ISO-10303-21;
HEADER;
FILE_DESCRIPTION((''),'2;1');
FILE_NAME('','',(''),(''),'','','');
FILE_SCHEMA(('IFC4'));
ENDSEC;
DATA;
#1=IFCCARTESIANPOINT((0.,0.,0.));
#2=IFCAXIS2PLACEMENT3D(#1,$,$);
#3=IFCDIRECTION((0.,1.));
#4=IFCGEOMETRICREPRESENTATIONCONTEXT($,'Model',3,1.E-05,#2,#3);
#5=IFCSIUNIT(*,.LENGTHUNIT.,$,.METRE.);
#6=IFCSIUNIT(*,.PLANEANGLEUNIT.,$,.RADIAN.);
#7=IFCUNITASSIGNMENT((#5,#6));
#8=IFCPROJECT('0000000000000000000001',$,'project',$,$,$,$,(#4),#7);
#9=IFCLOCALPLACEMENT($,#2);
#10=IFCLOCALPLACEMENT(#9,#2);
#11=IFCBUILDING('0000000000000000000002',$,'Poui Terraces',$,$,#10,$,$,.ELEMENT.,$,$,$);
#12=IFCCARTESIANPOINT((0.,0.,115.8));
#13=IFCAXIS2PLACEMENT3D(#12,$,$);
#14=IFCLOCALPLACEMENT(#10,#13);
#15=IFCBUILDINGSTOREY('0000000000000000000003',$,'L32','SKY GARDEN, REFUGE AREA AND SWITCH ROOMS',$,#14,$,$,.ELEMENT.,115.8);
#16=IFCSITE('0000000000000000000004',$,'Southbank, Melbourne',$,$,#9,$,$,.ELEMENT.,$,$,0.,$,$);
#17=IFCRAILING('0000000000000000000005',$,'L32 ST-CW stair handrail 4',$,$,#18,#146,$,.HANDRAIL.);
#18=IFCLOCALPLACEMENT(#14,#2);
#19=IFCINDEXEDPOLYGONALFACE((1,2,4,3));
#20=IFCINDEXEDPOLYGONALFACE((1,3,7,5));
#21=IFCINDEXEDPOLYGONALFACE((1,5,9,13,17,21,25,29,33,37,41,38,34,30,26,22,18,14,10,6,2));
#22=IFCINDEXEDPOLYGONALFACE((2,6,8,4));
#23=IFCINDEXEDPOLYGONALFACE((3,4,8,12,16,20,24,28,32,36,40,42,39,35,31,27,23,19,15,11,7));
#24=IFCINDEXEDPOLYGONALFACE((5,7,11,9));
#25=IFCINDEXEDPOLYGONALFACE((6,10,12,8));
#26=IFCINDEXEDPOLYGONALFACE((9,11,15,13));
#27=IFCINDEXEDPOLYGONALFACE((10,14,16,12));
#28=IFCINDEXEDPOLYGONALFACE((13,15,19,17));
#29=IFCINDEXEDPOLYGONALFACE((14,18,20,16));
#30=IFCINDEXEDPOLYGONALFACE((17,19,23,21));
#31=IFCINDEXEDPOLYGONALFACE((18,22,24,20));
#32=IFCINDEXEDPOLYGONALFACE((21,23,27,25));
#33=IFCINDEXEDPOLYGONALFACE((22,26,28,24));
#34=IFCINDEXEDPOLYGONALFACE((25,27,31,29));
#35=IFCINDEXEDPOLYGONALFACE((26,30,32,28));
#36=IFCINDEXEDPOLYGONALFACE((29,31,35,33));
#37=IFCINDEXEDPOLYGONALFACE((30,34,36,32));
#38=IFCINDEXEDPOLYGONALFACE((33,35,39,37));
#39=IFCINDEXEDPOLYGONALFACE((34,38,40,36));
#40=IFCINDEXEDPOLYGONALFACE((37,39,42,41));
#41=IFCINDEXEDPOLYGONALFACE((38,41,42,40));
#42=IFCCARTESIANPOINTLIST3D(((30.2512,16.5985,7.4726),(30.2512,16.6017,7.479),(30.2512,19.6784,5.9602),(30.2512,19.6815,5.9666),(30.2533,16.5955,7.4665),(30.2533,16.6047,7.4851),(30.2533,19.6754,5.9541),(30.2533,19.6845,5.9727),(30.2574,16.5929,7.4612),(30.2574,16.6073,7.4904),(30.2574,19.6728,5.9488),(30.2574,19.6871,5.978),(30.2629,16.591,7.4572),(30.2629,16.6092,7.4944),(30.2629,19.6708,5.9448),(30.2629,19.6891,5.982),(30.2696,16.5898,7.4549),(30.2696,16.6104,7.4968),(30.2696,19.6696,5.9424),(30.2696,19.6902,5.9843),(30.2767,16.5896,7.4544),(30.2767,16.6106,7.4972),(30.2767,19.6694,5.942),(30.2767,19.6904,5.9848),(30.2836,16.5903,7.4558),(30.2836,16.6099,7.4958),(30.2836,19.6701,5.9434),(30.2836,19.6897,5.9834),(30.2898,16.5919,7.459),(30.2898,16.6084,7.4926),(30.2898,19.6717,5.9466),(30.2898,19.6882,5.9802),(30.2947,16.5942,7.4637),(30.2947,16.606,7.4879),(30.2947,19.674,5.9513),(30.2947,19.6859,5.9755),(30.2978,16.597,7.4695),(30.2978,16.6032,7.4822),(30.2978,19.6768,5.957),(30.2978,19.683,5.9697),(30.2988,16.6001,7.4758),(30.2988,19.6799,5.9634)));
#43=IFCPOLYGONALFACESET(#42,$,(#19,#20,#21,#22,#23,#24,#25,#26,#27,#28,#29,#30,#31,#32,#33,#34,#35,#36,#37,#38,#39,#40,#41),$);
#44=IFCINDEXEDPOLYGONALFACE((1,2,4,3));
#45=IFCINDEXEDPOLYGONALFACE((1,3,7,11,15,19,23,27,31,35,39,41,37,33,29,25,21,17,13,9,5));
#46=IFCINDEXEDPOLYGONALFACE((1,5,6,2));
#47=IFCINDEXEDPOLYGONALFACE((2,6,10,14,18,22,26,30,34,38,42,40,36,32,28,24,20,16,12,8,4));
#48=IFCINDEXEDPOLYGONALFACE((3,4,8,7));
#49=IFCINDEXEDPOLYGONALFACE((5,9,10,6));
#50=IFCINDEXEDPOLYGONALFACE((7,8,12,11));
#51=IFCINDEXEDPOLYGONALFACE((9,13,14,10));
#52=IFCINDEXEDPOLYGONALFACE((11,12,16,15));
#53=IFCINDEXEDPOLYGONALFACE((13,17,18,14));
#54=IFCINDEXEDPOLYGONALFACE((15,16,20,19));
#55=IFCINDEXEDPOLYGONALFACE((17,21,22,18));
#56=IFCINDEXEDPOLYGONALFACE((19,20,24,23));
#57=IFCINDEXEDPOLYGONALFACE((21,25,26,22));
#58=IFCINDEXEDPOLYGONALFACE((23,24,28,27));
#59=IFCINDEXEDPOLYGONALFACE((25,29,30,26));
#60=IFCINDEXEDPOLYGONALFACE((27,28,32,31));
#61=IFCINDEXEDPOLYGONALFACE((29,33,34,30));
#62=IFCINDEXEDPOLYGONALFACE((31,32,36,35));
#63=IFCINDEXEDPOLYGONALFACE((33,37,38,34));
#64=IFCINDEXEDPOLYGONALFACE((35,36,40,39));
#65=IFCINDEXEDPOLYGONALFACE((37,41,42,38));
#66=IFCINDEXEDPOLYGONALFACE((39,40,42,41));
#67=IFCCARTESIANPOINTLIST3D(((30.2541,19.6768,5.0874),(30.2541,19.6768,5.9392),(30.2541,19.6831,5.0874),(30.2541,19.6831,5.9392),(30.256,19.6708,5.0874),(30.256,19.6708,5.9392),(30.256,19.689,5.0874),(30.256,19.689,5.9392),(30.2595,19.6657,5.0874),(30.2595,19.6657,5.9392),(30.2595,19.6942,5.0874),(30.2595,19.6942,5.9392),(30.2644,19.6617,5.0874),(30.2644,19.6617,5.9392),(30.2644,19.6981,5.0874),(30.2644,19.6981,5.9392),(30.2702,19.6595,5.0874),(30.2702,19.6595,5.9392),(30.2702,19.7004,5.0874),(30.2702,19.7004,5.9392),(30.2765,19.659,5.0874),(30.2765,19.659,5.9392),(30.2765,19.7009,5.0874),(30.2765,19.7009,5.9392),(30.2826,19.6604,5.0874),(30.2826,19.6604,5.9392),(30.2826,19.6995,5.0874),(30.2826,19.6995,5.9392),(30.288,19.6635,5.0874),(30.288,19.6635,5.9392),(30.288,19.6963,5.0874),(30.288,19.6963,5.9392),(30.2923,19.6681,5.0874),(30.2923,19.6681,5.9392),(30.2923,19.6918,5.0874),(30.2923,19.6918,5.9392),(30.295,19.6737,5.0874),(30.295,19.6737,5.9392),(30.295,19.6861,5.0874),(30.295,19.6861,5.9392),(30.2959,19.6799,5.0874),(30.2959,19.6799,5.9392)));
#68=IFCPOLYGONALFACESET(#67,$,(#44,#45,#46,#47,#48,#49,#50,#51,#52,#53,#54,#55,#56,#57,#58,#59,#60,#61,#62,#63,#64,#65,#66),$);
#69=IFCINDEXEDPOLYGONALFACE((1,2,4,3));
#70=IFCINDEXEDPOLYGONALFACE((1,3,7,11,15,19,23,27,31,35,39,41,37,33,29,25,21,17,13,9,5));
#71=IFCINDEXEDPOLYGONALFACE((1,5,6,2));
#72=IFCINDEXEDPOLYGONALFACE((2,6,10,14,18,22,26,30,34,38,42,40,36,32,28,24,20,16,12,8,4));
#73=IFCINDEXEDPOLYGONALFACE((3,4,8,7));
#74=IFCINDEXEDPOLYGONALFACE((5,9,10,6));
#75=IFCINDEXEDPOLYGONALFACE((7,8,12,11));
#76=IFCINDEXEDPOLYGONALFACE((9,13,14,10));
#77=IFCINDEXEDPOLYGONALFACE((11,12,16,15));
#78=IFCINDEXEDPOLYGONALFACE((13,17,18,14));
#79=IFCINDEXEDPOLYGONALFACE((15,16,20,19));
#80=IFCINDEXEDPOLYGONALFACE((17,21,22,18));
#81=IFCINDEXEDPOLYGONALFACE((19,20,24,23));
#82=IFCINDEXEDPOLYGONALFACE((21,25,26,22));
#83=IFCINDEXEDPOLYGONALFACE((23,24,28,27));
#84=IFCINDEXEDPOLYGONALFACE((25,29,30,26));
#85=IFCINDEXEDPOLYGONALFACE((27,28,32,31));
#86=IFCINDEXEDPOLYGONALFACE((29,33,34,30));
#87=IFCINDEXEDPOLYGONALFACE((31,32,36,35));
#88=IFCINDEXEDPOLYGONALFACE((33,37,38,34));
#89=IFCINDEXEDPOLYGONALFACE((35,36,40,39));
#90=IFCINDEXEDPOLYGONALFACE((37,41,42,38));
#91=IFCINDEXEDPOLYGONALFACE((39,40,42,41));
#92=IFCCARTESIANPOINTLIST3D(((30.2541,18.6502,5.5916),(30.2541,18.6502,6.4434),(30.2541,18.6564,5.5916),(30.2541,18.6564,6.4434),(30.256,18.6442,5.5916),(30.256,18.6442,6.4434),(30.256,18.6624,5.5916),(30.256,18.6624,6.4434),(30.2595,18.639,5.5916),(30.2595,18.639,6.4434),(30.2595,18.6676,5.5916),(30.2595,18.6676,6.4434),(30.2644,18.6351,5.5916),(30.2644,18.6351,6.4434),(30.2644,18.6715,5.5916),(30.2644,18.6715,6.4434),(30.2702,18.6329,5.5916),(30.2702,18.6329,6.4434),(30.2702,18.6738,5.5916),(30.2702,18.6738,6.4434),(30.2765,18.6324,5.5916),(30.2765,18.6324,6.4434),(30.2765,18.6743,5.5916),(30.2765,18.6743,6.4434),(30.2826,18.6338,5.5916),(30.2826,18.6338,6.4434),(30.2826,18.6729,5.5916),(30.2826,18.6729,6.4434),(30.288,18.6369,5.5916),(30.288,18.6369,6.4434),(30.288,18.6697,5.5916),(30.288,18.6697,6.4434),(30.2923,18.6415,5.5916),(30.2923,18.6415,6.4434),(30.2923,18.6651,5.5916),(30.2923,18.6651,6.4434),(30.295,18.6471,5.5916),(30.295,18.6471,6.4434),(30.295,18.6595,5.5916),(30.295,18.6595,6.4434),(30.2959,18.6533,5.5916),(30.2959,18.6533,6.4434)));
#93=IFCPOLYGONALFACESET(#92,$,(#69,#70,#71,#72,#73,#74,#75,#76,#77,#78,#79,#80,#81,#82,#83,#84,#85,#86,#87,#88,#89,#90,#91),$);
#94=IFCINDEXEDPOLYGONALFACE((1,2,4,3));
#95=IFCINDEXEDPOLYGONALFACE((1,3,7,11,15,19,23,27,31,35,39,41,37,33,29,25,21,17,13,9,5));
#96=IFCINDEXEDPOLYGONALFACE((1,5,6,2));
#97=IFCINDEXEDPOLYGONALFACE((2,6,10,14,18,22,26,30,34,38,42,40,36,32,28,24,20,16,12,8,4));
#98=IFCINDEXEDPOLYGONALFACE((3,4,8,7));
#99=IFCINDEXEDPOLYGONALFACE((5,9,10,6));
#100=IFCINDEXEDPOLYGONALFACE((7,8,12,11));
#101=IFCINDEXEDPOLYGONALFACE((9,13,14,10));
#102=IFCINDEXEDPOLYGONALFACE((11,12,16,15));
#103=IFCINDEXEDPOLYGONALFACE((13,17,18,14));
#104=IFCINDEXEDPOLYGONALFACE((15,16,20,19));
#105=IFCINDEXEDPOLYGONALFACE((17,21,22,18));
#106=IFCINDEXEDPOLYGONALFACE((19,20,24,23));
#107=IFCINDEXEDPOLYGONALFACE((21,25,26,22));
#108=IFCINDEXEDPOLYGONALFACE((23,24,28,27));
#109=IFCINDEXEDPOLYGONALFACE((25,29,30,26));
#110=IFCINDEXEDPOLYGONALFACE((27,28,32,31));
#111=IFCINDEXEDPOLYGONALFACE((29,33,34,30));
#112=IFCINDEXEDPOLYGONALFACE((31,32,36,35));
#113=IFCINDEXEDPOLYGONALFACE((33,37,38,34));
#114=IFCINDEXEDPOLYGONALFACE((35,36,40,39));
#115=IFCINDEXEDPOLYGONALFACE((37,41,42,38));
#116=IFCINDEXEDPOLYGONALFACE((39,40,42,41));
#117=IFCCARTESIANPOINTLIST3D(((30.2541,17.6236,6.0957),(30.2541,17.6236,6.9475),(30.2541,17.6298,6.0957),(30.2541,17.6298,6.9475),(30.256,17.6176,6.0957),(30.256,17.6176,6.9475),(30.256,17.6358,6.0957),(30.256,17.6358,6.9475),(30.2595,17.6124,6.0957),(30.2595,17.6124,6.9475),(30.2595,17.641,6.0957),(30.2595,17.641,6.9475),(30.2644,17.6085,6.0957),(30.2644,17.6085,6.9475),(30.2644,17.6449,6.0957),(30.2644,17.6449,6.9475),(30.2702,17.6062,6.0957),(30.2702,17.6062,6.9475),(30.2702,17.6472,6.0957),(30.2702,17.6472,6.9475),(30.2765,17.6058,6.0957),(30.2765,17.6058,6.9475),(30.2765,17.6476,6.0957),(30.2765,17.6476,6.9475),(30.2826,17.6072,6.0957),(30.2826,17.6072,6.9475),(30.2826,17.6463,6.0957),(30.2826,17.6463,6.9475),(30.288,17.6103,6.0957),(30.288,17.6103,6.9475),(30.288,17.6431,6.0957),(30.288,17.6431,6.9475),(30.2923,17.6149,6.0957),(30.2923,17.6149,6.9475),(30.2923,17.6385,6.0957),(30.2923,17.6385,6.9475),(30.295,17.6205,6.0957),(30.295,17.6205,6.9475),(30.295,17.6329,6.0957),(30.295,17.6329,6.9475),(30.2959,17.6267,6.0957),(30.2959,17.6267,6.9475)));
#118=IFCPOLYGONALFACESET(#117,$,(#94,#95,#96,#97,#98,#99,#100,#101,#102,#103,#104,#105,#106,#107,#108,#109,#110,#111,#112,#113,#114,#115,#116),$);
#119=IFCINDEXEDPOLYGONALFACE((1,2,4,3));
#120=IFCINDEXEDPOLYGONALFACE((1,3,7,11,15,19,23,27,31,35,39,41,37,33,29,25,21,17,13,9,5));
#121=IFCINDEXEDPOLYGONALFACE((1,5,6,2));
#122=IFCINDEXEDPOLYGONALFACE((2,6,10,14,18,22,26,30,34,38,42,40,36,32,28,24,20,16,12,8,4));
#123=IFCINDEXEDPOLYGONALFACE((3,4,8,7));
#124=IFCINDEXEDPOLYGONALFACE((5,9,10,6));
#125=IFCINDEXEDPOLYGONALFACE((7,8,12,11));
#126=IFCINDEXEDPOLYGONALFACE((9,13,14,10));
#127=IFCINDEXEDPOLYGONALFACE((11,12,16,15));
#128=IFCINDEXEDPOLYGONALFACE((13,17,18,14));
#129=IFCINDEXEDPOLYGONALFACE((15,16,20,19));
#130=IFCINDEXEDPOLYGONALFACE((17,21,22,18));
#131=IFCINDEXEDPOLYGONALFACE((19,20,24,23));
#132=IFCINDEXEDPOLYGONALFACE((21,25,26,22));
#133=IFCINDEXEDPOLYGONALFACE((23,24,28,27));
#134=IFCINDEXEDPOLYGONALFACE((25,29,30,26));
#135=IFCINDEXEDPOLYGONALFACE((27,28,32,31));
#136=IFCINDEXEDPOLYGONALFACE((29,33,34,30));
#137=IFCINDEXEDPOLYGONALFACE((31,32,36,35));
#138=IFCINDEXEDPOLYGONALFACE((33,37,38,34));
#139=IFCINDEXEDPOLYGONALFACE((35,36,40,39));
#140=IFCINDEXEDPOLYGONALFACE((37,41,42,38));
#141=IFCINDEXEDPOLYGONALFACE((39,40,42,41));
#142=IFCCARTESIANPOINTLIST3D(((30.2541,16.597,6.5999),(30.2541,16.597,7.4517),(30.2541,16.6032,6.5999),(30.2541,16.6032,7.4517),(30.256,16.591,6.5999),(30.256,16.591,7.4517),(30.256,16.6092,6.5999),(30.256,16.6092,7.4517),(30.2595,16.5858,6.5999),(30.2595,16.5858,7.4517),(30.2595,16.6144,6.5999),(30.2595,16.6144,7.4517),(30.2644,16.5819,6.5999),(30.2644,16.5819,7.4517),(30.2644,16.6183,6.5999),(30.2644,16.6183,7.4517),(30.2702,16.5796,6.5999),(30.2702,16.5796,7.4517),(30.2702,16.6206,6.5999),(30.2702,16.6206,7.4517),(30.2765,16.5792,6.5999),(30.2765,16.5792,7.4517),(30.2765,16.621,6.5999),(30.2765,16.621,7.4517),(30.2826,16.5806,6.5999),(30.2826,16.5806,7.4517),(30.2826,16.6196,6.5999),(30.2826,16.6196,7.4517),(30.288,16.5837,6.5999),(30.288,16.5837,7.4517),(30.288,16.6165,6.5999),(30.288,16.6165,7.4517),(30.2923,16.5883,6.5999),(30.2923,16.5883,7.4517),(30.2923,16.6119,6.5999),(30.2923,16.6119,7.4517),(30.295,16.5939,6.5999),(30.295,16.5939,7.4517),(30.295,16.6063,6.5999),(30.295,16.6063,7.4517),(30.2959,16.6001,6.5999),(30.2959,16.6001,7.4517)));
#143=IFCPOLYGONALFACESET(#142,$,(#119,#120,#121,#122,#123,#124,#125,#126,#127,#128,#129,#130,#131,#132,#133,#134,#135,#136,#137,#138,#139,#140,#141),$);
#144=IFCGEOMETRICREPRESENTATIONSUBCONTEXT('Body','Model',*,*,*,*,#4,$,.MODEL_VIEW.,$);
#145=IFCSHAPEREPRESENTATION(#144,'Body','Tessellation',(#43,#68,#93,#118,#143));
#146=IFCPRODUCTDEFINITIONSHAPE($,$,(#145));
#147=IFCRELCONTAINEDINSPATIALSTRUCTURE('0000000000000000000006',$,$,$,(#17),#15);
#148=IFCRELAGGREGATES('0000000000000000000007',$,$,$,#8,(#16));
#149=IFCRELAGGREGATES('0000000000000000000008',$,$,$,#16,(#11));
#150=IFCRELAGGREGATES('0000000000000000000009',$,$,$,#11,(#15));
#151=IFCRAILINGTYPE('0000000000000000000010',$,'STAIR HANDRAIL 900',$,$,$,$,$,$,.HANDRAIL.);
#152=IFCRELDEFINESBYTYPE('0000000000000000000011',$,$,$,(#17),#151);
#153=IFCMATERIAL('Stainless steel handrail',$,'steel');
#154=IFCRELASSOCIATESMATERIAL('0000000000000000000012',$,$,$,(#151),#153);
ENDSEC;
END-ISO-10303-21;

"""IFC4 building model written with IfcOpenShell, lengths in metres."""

from ifc_helpers import new_model, si_unit, direction, frame, origin, origin_2d, place, context, subcontext, project, spatial, circle, extrude, material, type_object, element, save


model = new_model("IFC4")

# Units and contexts
model_context = context("Model", 3, precision=1e-05, world=origin(), true_north=direction((0.0, 1.0)))
body_context = subcontext(model_context, "Body", "Model", "MODEL_VIEW")
ifc_project = project(units=[si_unit("LENGTHUNIT", "METRE"), si_unit("PLANEANGLEUNIT", "RADIAN")], contexts=[model_context])

# Site, building, storey
site_placement = place(None, origin())
site = spatial("IfcSite", under=ifc_project, at=site_placement, Name="Southbank, Melbourne", CompositionType="ELEMENT", RefElevation=0.0)
building_placement = place(site_placement, origin())
building = spatial("IfcBuilding", under=site, at=building_placement, Name="Poui Terraces", CompositionType="ELEMENT")
storey_placement = place(building_placement, frame((0.0, 0.0, 115.8)))
storey = spatial("IfcBuildingStorey", under=building, at=storey_placement, Name="L32", Description="SKY GARDEN, REFUGE AREA AND SWITCH ROOMS", CompositionType="ELEMENT", Elevation=115.8)

# Railing
ifc_material_1 = material(Name="Stainless steel handrail", Category="steel")
railing_type_1 = type_object("IfcRailingType", Name="STAIR HANDRAIL 900", PredefinedType="HANDRAIL", material=ifc_material_1)
railing_1_placement = place(storey_placement, frame((30.2749, 19.6799, 5.0874)))
element("IfcRailing", 1, at=railing_1_placement, inside=storey, type_object=railing_type_1, Name="L32 ST-CW stair handrail 4", PredefinedType="HANDRAIL", context=body_context, shape_type="SweptSolid", body=[
    extrude(circle(Radius=0.0239, at=origin_2d()), frame((0.0, 0.0, 0.876), z_axis=(0.0, -0.897606, 0.440798), x_axis=(1.0, 0.0, 0.0)), (0.0, 0.0, 1.0), 3.4312),
    extrude(circle(Radius=0.021, at=origin_2d()), origin(), (0.0, 0.0, 1.0), 0.8518),
    extrude(circle(Radius=0.021, at=origin_2d()), frame((0.0, -1.0266, 0.5042)), (0.0, 0.0, 1.0), 0.8518),
    extrude(circle(Radius=0.021, at=origin_2d()), frame((0.0, -2.0532, 1.0083)), (0.0, 0.0, 1.0), 0.8518),
    extrude(circle(Radius=0.021, at=origin_2d()), frame((0.0, -3.0798, 1.5125)), (0.0, 0.0, 1.0), 0.8518),
])

save(model, "model.ifc")
